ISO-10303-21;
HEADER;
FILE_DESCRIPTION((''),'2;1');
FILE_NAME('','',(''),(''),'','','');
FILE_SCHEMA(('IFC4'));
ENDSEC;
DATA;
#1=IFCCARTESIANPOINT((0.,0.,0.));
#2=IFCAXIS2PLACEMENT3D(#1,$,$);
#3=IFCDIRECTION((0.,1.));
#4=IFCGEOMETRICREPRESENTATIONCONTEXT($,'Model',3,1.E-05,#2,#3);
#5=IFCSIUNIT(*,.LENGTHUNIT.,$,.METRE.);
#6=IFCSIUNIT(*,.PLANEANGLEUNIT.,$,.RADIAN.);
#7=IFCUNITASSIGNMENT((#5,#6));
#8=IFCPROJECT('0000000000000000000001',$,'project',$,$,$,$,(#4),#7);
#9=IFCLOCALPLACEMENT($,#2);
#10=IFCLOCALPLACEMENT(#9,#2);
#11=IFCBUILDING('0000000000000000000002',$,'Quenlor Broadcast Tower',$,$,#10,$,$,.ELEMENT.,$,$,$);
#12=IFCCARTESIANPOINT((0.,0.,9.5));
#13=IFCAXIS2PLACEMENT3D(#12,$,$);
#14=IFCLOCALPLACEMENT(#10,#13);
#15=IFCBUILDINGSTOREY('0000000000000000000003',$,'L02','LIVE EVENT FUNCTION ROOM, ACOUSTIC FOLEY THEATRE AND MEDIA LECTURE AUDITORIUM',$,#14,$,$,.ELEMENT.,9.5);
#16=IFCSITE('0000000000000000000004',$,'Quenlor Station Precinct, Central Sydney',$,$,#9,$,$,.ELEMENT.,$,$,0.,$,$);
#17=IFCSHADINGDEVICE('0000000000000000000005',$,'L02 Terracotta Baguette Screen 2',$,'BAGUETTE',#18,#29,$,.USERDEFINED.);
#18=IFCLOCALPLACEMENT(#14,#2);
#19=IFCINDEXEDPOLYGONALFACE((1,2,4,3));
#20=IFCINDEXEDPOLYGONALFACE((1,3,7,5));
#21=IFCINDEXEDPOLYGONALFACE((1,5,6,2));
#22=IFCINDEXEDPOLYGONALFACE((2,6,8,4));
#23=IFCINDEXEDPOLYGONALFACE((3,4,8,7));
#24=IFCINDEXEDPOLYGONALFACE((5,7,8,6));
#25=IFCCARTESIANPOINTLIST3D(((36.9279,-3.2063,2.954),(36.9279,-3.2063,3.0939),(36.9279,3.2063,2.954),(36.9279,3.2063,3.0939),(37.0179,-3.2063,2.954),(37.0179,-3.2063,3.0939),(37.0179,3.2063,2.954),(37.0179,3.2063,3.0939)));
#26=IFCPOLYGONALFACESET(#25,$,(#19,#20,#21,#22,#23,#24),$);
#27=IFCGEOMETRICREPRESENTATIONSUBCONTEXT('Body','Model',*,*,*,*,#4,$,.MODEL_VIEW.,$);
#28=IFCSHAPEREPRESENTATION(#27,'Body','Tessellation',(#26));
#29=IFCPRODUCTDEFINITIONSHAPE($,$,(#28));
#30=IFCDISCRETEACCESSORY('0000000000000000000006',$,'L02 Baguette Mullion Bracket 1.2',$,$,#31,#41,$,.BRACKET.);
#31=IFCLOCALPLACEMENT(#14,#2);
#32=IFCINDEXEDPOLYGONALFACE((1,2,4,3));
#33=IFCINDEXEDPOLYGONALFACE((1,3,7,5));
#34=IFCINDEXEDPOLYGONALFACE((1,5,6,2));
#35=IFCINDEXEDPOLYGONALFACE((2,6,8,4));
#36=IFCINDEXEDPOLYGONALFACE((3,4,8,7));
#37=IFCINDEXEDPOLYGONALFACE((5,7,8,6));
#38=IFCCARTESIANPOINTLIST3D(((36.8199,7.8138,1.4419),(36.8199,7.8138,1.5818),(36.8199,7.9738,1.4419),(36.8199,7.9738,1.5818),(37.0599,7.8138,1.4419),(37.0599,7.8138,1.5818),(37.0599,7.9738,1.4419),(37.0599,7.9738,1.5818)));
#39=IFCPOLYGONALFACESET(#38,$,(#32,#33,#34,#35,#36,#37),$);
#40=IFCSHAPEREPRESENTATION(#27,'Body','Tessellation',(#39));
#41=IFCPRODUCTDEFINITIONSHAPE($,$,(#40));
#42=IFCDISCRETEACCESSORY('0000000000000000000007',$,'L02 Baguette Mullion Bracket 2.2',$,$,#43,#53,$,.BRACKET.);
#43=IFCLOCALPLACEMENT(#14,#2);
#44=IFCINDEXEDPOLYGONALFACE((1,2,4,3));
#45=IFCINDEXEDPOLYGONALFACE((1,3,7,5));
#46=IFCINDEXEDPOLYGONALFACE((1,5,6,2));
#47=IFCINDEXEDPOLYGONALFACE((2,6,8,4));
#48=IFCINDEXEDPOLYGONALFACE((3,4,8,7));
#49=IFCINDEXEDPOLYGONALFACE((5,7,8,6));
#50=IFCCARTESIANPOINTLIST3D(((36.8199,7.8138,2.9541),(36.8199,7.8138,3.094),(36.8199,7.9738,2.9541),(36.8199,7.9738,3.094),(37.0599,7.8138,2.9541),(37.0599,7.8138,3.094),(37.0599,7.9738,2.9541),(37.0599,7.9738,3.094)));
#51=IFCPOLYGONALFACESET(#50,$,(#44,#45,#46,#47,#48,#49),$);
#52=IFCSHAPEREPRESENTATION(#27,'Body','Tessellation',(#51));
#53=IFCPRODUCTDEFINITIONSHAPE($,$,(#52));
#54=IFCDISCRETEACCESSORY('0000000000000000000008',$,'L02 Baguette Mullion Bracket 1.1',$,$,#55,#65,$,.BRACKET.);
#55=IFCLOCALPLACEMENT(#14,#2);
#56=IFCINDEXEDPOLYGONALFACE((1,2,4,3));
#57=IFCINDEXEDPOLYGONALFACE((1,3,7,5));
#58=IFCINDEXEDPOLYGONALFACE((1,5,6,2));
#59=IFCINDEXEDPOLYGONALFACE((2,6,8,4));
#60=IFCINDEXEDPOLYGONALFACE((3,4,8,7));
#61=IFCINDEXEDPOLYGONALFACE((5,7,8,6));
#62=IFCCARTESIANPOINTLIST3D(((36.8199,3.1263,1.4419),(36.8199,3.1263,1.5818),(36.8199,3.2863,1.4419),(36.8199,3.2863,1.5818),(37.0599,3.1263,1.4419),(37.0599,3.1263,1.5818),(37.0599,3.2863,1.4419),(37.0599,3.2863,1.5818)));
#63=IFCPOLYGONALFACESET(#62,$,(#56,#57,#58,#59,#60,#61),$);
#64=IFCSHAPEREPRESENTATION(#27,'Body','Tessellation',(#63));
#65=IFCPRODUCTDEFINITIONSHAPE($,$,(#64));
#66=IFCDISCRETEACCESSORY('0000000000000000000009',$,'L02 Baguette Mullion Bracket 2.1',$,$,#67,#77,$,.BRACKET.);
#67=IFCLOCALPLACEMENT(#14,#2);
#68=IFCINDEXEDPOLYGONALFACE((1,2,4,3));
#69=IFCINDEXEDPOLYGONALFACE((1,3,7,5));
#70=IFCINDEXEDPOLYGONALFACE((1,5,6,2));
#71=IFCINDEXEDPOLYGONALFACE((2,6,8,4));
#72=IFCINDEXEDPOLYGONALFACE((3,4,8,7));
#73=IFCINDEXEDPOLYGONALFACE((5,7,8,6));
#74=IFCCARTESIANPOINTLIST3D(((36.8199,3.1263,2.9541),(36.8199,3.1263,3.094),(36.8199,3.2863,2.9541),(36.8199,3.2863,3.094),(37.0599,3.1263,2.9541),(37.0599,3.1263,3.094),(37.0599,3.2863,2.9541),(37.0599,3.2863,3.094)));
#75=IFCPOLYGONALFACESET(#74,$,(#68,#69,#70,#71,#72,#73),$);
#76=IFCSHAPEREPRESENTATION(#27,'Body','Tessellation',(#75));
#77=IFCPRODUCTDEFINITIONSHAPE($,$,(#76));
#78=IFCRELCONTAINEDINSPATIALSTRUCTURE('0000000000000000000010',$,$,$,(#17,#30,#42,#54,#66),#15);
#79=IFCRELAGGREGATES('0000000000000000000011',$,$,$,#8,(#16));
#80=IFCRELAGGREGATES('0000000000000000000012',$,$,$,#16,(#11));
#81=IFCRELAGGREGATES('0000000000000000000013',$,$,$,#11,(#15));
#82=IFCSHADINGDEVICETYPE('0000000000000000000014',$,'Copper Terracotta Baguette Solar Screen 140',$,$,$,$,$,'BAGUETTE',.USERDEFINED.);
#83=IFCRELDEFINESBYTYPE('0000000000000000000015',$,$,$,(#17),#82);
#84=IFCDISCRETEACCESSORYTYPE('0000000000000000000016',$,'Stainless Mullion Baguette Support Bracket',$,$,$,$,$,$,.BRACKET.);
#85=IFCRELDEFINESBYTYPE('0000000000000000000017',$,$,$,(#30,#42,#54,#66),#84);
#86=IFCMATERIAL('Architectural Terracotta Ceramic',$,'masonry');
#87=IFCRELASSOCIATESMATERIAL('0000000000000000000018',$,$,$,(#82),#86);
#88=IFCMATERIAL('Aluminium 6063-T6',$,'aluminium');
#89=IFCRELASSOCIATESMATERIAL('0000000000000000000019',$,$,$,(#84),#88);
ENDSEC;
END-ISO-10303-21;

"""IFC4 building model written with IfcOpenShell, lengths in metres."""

from ifc_helpers import new_model, si_unit, direction, frame, origin, origin_2d, place, context, subcontext, project, spatial, rectangle, extrude, material, material_profile, profile_set, type_object, element, save


model = new_model("IFC4")

# Units and contexts
model_context = context("Model", 3, precision=1e-05, world=origin(), true_north=direction((0.0, 1.0)))
body_context = subcontext(model_context, "Body", "Model", "MODEL_VIEW")
ifc_project = project(units=[si_unit("LENGTHUNIT", "METRE"), si_unit("PLANEANGLEUNIT", "RADIAN")], contexts=[model_context])

# Site, building, storey
site_placement = place(None, origin())
site = spatial("IfcSite", under=ifc_project, at=site_placement, Name="Quenlor Station Precinct, Central Sydney", CompositionType="ELEMENT", RefElevation=0.0)
building_placement = place(site_placement, origin())
building = spatial("IfcBuilding", under=site, at=building_placement, Name="Quenlor Broadcast Tower", CompositionType="ELEMENT")
storey_placement = place(building_placement, frame((0.0, 0.0, 9.5)))
storey = spatial("IfcBuildingStorey", under=building, at=storey_placement, Name="L02", Description="LIVE EVENT FUNCTION ROOM, ACOUSTIC FOLEY THEATRE AND MEDIA LECTURE AUDITORIUM", CompositionType="ELEMENT", Elevation=9.5)

# Shading device
ifc_material_1 = material(Name="Architectural Terracotta Ceramic", Category="masonry")
ifc_material_profile_1 = material_profile(ifc_material_1, rectangle(XDim=0.0901, YDim=0.1399, at=origin_2d()))
ifc_profile_set_1 = profile_set([ifc_material_profile_1], Name="Architectural Terracotta Ceramic BAG90x140")
shading_device_type = type_object("IfcShadingDeviceType", Name="Copper Terracotta Baguette Solar Screen 140", ElementType="BAGUETTE", PredefinedType="USERDEFINED", material=ifc_profile_set_1)
for number, where, z_axis, x_axis, name in (
    (1, (36.9729, 3.2063, 3.0239), (0.0, -1.0, 0.0), (1.0, 0.0, 0.0), "L02 Terracotta Baguette Screen 2"),
):
    element("IfcShadingDevice", number, at=place(storey_placement, frame(where, z_axis=z_axis, x_axis=x_axis)), inside=storey, type_object=shading_device_type, Name=name, ObjectType="BAGUETTE", PredefinedType="USERDEFINED", context=body_context, shape_type="SweptSolid", body=[
        extrude(rectangle(XDim=0.0901, YDim=0.1399, at=origin_2d()), origin(), (0.0, 0.0, 1.0), 6.4126),
    ])

# Discrete accessories
ifc_material_2 = material(Name="Aluminium 6063-T6", Category="aluminium")
discrete_accessory_type = type_object("IfcDiscreteAccessoryType", Name="Stainless Mullion Baguette Support Bracket", PredefinedType="BRACKET", material=ifc_material_2)
for number, where, z_axis, x_axis, name in (
    (2, (36.9399, 7.8938, 1.4419), (0.0, 0.0, 1.0), (0.0, -1.0, 0.0), "L02 Baguette Mullion Bracket 1.2"),
    (3, (36.9399, 7.8938, 2.9541), (0.0, 0.0, 1.0), (0.0, -1.0, 0.0), "L02 Baguette Mullion Bracket 2.2"),
    (4, (36.9399, 3.2063, 1.4419), (0.0, 0.0, 1.0), (0.0, -1.0, 0.0), "L02 Baguette Mullion Bracket 1.1"),
    (5, (36.9399, 3.2063, 2.9541), (0.0, 0.0, 1.0), (0.0, -1.0, 0.0), "L02 Baguette Mullion Bracket 2.1"),
):
    element("IfcDiscreteAccessory", number, at=place(storey_placement, frame(where, z_axis=z_axis, x_axis=x_axis)), inside=storey, type_object=discrete_accessory_type, Name=name, PredefinedType="BRACKET", context=body_context, shape_type="SweptSolid", body=[
        extrude(rectangle(XDim=0.1599, YDim=0.24, at=origin_2d()), origin(), (0.0, 0.0, 1.0), 0.1399),
    ])

save(model, "model.ifc")
